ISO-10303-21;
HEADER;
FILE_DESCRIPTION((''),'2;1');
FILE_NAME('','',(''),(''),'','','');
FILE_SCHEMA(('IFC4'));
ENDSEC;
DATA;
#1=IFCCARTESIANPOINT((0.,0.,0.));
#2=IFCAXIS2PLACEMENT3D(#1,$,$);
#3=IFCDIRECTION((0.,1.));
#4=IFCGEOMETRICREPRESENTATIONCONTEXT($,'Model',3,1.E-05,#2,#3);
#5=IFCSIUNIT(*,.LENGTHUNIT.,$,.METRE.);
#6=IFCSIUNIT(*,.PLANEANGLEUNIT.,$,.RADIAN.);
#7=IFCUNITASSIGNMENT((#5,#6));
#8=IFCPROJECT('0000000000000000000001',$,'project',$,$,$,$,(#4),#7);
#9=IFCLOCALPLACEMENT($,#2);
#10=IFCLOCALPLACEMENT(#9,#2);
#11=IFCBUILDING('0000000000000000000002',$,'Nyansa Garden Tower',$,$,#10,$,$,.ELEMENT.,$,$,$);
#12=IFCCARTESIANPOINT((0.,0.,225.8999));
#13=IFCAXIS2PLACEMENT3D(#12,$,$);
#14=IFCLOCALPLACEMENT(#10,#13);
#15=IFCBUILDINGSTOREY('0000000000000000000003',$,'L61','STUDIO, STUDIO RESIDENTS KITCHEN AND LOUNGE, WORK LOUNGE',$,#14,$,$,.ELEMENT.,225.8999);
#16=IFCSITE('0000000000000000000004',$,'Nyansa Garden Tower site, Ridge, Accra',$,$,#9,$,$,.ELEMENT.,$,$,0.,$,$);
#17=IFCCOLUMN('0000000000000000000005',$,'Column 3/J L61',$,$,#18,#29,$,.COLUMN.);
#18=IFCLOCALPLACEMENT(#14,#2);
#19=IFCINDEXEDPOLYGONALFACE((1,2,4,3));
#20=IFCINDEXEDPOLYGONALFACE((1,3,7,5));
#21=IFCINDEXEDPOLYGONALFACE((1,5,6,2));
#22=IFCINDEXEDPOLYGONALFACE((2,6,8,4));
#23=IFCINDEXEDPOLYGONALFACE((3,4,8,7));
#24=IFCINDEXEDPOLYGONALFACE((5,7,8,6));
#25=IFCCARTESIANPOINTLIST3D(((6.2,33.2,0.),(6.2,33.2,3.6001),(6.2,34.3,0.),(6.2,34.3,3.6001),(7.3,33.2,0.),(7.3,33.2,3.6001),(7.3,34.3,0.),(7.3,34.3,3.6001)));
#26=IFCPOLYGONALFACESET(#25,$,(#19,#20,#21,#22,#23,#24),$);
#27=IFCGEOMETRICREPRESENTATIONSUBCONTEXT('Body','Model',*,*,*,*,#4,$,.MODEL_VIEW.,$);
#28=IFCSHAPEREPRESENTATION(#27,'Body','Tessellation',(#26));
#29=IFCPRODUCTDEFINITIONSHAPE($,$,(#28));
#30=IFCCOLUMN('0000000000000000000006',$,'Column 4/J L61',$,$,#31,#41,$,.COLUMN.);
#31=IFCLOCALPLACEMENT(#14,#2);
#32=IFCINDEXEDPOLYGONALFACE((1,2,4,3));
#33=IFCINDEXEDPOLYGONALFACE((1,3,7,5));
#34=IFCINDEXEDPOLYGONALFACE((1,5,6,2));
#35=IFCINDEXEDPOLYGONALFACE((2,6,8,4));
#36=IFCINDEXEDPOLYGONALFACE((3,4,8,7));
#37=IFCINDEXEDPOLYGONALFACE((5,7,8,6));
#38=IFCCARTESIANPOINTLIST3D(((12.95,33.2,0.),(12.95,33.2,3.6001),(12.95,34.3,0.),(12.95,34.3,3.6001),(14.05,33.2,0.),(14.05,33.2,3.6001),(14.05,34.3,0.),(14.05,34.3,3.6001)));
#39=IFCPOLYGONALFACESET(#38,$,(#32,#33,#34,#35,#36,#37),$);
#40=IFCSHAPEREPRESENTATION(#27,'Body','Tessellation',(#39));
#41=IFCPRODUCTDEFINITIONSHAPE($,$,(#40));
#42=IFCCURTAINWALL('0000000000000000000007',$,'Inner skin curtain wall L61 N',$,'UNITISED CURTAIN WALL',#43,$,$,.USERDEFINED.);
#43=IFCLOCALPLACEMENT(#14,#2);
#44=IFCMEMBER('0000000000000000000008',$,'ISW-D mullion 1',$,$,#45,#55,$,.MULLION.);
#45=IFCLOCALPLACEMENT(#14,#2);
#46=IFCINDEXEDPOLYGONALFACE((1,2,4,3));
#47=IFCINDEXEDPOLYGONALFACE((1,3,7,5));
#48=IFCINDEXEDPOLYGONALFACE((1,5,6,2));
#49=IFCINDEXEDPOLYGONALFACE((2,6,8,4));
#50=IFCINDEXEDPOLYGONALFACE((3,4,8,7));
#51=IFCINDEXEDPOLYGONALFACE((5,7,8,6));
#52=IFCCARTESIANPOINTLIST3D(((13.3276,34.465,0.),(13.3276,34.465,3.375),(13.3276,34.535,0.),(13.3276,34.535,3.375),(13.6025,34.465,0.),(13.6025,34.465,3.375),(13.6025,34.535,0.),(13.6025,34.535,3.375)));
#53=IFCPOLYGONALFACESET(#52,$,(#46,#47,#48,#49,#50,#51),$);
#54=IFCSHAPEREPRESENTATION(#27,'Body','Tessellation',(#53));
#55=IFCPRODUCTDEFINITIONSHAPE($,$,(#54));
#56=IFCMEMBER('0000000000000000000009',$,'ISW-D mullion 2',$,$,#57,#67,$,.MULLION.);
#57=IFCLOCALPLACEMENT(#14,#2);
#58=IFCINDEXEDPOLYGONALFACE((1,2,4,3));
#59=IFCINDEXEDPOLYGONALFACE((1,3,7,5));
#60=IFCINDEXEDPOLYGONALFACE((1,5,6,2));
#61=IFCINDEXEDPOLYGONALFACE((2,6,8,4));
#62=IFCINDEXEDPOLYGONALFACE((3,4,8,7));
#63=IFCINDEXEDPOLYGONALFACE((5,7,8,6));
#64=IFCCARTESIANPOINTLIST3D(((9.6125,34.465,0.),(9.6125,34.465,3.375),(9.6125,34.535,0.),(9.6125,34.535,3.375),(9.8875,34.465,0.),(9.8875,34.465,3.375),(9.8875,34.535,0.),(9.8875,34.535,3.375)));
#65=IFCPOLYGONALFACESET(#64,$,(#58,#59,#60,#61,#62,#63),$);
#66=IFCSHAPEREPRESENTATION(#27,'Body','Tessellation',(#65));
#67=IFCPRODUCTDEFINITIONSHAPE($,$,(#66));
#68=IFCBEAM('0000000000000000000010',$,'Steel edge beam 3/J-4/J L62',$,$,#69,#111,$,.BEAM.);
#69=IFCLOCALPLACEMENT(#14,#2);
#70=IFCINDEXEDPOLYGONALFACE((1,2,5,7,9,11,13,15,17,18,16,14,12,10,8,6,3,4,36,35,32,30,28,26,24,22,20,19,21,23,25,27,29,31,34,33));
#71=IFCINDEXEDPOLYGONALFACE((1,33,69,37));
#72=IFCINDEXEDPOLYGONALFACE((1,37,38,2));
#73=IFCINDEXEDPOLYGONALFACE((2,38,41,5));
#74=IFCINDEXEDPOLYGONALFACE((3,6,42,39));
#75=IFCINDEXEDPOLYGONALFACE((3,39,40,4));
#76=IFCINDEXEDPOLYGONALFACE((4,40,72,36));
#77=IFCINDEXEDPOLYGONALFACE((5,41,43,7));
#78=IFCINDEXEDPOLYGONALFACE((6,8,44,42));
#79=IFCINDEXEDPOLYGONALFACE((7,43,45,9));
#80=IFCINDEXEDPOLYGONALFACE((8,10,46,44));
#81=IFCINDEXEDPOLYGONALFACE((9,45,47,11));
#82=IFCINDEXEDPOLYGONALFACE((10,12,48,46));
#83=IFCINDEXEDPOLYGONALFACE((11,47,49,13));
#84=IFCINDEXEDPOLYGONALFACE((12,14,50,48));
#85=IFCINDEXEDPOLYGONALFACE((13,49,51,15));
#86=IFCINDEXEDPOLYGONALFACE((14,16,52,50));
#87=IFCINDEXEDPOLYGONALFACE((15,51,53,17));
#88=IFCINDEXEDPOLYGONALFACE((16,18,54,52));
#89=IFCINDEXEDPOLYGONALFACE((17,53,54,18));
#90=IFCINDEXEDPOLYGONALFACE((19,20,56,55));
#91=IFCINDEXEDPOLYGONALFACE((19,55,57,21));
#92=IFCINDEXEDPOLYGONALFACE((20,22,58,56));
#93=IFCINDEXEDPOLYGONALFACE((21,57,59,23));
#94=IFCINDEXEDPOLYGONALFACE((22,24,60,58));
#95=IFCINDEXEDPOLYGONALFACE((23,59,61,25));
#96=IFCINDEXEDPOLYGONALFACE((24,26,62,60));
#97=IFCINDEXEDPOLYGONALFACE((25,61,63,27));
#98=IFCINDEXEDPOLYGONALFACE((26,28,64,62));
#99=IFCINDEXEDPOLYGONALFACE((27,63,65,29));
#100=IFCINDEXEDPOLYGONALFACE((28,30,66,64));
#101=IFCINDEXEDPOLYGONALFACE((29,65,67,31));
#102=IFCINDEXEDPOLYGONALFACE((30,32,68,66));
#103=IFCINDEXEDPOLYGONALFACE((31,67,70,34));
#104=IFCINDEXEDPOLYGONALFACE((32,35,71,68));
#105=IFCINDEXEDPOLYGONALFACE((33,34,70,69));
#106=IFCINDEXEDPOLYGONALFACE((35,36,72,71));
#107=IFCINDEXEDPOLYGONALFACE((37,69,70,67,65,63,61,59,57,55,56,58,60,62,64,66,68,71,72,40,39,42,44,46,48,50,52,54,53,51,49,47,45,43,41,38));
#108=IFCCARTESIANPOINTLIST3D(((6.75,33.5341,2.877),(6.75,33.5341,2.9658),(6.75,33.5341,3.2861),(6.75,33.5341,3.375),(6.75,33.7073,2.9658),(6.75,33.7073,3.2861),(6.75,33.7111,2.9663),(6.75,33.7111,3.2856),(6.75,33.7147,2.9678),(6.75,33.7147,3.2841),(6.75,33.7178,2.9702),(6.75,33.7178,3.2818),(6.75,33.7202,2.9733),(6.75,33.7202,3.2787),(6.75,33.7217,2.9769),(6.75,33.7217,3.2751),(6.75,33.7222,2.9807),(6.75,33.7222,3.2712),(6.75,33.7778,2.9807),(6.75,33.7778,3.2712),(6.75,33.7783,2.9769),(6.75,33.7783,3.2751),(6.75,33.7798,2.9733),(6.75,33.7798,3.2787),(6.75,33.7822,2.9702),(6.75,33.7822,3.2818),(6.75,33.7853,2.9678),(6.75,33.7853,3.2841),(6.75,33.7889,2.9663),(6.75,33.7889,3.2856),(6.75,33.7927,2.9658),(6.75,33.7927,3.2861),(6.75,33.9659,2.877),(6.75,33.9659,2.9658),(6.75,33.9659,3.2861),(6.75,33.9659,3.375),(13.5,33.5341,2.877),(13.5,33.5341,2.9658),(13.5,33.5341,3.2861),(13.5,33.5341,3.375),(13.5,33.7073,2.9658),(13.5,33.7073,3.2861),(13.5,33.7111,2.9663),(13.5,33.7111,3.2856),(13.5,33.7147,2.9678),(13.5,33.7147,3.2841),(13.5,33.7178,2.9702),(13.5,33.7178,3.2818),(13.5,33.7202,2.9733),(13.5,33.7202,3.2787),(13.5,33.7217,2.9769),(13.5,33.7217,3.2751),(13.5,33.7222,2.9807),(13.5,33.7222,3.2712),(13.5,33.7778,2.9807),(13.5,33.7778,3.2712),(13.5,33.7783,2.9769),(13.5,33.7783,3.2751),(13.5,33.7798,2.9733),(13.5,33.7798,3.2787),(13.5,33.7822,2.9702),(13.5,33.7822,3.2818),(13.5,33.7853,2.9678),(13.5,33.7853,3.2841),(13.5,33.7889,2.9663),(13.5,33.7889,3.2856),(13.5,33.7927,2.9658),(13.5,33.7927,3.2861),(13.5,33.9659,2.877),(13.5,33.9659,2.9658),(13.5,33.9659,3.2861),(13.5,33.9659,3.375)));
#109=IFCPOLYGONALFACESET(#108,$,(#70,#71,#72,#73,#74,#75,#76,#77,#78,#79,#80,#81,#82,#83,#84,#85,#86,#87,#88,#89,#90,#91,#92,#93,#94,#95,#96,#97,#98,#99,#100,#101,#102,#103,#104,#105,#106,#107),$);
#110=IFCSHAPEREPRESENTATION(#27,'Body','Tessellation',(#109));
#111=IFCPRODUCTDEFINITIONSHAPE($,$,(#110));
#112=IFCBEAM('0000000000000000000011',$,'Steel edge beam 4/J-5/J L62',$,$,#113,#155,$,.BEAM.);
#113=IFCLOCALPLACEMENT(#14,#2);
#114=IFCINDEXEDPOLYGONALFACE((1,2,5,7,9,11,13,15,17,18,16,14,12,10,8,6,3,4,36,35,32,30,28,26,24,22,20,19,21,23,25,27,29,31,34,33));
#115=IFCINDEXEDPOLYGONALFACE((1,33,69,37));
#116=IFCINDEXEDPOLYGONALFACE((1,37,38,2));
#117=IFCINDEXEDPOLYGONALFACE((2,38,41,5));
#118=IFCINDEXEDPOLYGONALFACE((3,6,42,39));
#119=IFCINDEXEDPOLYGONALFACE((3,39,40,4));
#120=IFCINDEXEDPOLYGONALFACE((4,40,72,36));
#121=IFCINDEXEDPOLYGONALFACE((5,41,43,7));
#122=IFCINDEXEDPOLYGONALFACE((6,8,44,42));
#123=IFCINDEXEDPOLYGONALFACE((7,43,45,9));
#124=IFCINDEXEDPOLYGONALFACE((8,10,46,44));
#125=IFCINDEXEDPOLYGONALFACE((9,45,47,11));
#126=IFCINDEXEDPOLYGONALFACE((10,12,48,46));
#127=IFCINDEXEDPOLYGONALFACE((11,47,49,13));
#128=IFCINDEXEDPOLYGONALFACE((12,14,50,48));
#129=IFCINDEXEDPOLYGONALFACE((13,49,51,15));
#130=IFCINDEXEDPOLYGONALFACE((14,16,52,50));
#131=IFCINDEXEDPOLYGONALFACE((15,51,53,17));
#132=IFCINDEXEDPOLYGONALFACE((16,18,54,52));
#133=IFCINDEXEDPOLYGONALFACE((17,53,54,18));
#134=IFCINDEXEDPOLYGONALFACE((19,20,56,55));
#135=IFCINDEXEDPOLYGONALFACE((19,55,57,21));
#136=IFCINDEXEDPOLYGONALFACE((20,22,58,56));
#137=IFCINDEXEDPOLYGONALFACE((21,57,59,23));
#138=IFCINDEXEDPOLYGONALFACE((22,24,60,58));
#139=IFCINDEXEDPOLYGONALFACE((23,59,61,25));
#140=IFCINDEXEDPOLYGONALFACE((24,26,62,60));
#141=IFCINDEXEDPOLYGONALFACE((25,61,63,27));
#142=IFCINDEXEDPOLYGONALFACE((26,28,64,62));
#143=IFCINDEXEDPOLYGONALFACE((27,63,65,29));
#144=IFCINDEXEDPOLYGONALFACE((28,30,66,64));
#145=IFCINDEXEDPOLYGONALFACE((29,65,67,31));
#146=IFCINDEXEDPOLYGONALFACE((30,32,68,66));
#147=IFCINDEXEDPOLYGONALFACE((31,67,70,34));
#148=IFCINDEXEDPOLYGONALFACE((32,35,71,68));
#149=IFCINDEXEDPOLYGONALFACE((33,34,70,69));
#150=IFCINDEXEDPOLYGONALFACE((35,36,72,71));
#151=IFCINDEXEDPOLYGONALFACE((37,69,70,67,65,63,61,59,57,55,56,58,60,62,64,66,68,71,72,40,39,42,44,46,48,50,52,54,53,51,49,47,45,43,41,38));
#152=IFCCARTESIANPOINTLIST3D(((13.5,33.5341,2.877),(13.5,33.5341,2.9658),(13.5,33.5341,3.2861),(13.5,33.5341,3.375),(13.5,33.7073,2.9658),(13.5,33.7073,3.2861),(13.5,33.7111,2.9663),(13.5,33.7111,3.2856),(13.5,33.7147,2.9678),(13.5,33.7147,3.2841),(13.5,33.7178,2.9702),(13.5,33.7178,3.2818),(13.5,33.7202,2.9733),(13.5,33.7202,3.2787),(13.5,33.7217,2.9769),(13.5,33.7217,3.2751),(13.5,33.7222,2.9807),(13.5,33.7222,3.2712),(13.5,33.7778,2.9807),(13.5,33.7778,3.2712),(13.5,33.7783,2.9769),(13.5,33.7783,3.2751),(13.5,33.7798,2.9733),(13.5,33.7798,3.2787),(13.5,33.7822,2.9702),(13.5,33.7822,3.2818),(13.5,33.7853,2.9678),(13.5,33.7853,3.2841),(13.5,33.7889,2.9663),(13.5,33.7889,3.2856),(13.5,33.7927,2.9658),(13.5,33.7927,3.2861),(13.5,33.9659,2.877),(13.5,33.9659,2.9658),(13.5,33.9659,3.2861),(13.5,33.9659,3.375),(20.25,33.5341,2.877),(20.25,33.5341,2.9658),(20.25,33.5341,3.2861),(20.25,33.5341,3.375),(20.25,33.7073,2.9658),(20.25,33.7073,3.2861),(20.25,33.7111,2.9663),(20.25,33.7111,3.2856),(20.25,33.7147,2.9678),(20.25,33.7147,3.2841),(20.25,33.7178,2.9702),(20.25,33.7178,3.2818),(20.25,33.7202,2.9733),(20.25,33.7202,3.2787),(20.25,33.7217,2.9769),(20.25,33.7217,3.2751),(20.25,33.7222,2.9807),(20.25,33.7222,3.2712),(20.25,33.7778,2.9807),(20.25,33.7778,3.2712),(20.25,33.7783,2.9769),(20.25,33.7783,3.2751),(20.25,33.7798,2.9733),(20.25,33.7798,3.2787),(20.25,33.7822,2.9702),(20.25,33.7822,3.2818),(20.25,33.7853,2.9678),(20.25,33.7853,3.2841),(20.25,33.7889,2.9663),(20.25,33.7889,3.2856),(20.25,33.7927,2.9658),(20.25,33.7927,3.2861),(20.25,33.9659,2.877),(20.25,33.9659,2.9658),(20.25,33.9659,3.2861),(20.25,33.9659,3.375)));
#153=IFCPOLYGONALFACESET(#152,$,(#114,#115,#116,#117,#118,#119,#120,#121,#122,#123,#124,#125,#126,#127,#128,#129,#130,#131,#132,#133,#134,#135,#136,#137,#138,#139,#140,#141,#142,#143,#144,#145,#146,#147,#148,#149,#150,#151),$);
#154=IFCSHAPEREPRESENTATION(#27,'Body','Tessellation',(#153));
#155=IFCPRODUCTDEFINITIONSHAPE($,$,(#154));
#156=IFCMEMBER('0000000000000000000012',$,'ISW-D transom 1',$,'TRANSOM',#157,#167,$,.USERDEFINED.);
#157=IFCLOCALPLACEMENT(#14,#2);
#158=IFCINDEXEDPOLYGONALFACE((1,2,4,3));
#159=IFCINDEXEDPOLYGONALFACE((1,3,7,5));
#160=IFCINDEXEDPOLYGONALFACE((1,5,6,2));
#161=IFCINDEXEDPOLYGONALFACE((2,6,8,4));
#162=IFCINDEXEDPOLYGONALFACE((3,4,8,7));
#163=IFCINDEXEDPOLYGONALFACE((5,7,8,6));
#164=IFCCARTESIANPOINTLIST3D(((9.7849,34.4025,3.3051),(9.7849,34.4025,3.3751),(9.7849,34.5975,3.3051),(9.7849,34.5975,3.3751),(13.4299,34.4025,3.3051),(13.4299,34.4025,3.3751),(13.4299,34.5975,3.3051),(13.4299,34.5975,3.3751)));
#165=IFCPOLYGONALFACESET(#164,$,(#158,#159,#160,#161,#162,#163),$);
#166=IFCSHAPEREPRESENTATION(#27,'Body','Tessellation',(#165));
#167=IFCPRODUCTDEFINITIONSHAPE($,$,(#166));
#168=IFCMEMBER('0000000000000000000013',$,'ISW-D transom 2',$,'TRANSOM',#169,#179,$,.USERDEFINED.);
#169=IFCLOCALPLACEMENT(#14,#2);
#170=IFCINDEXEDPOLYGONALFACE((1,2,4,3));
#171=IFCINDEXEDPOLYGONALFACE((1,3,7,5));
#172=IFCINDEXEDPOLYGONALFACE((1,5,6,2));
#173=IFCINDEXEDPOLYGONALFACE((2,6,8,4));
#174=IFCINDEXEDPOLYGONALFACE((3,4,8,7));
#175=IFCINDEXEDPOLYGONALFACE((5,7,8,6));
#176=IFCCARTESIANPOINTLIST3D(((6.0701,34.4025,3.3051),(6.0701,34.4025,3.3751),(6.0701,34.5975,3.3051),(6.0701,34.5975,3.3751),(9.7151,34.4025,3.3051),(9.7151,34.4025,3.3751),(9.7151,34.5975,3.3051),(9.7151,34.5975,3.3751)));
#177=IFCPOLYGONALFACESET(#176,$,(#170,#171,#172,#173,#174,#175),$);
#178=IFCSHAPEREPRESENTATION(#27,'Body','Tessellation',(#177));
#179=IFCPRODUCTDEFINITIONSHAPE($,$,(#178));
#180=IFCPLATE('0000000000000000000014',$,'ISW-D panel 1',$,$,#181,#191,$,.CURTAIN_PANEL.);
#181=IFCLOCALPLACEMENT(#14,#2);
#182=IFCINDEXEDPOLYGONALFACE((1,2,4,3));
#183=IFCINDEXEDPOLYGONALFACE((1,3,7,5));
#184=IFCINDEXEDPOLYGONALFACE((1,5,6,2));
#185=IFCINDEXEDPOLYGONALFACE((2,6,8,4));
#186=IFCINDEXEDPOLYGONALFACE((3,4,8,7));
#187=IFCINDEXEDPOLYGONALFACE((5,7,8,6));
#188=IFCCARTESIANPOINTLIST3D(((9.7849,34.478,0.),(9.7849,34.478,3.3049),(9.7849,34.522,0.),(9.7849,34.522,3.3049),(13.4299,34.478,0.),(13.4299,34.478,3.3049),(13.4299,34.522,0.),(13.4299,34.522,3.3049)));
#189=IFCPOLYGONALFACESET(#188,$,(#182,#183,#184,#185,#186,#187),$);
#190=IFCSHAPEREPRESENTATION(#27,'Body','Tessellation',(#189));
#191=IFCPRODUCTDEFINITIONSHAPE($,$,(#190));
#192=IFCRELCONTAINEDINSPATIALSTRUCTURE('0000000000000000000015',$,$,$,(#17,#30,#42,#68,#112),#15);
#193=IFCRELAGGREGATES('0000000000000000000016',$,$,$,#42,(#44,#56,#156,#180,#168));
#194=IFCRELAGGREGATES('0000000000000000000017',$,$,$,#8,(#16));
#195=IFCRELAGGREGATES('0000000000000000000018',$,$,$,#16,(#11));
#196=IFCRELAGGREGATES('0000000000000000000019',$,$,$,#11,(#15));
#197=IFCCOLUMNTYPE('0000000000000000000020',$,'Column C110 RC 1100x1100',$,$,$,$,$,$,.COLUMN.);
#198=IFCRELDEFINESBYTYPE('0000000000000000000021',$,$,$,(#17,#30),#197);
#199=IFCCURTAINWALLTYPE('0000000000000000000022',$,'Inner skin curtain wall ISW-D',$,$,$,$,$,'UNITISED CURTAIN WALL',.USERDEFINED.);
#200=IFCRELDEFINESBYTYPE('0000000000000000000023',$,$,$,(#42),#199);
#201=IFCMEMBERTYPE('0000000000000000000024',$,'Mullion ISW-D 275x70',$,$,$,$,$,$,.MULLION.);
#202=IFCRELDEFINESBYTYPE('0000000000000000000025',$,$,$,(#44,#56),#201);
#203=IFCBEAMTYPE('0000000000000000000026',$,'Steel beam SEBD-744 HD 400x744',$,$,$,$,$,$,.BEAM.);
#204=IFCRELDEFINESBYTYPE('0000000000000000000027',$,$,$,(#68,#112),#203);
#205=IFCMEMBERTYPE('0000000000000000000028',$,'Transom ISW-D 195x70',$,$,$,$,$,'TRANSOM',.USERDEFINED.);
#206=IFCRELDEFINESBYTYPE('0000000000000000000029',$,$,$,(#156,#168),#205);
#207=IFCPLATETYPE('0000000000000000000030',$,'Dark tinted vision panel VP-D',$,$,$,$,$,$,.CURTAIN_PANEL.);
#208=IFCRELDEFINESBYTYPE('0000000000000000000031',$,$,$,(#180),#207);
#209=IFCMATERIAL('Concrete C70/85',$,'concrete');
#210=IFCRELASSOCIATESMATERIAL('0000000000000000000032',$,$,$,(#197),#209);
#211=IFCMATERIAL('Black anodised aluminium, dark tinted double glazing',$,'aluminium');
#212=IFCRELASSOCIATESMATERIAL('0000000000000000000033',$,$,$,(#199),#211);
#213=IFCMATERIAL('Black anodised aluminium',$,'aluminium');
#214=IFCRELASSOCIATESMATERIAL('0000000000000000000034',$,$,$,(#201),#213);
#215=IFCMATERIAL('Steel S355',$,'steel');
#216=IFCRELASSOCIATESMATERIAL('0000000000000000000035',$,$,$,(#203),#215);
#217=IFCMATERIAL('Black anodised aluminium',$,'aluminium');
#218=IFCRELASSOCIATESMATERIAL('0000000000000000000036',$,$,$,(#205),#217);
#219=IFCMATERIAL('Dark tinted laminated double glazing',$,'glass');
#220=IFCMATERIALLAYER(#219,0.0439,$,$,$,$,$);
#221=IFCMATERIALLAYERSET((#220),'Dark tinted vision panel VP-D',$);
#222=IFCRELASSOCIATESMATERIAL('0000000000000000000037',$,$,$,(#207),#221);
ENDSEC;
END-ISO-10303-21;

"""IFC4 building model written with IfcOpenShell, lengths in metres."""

from ifc_helpers import new_model, si_unit, direction, frame, origin, origin_2d, place, context, subcontext, project, spatial, rectangle, i_section, extrude, material, layer, layer_set, material_profile, profile_set, type_object, element, aggregate, save


model = new_model("IFC4")

# Units and contexts
model_context = context("Model", 3, precision=1e-05, world=origin(), true_north=direction((0.0, 1.0)))
body_context = subcontext(model_context, "Body", "Model", "MODEL_VIEW")
ifc_project = project(units=[si_unit("LENGTHUNIT", "METRE"), si_unit("PLANEANGLEUNIT", "RADIAN")], contexts=[model_context])

# Site, building, storey
site_placement = place(None, origin())
site = spatial("IfcSite", under=ifc_project, at=site_placement, Name="Nyansa Garden Tower site, Ridge, Accra", CompositionType="ELEMENT", RefElevation=0.0)
building_placement = place(site_placement, origin())
building = spatial("IfcBuilding", under=site, at=building_placement, Name="Nyansa Garden Tower", CompositionType="ELEMENT")
storey_placement = place(building_placement, frame((0.0, 0.0, 225.8999)))
storey = spatial("IfcBuildingStorey", under=building, at=storey_placement, Name="L61", Description="STUDIO, STUDIO RESIDENTS KITCHEN AND LOUNGE, WORK LOUNGE", CompositionType="ELEMENT", Elevation=225.8999)

# Columns
ifc_material_1 = material(Name="Concrete C70/85", Category="concrete")
ifc_material_profile_1 = material_profile(ifc_material_1, rectangle(XDim=1.1001, YDim=1.1001, at=origin_2d()), Name="RC 1100x1100")
ifc_profile_set_1 = profile_set([ifc_material_profile_1], Name="Concrete C70/85")
column_type = type_object("IfcColumnType", Name="Column C110 RC 1100x1100", PredefinedType="COLUMN", material=ifc_profile_set_1)
for number, where, z_axis, x_axis, name in (
    (1, (6.75, 33.75, 0.0), (0.0, 0.0, 1.0), (1.0, 0.0, 0.0), "Column 3/J L61"),
    (2, (13.5, 33.75, 0.0), (0.0, 0.0, 1.0), (1.0, 0.0, 0.0), "Column 4/J L61"),
):
    element("IfcColumn", number, at=place(storey_placement, frame(where, z_axis=z_axis, x_axis=x_axis)), inside=storey, type_object=column_type, Name=name, PredefinedType="COLUMN", context=body_context, shape_type="SweptSolid", body=[
        extrude(rectangle(XDim=1.1001, YDim=1.1001, at=origin_2d()), origin(), (0.0, 0.0, 1.0), 3.6001),
    ])

# Curtain wall, members
ifc_material_2 = material(Name="Black anodised aluminium, dark tinted double glazing", Category="aluminium")
curtain_wall_type = type_object("IfcCurtainWallType", Name="Inner skin curtain wall ISW-D", ElementType="UNITISED CURTAIN WALL", PredefinedType="USERDEFINED", material=ifc_material_2)
curtain_wall_placement = place(storey_placement, origin())
curtain_wall = element("IfcCurtainWall", 3, at=curtain_wall_placement, inside=storey, type_object=curtain_wall_type, Name="Inner skin curtain wall L61 N", ObjectType="UNITISED CURTAIN WALL", PredefinedType="USERDEFINED")
ifc_material_3 = material(Name="Black anodised aluminium", Category="aluminium")
ifc_material_profile_2 = material_profile(ifc_material_3, rectangle(XDim=0.0701, YDim=0.2749, at=origin_2d()), Name="Mullion 275x70")
ifc_profile_set_2 = profile_set([ifc_material_profile_2], Name="Black anodised aluminium")
member_type_1 = type_object("IfcMemberType", Name="Mullion ISW-D 275x70", PredefinedType="MULLION", material=ifc_profile_set_2)
member_1_placement = place(storey_placement, frame((13.4651, 34.5, 0.0), z_axis=(0.0, 0.0, 1.0), x_axis=(0.0, -1.0, 0.0)))
member_1 = element("IfcMember", 4, at=member_1_placement, type_object=member_type_1, Name="ISW-D mullion 1", PredefinedType="MULLION", context=body_context, shape_type="SweptSolid", body=[
    extrude(rectangle(XDim=0.0701, YDim=0.2749, at=origin_2d()), origin(), (0.0, 0.0, 1.0), 3.375),
])
member_2_placement = place(storey_placement, frame((9.75, 34.5, 0.0), z_axis=(0.0, 0.0, 1.0), x_axis=(0.0, -1.0, 0.0)))
member_2 = element("IfcMember", 5, at=member_2_placement, type_object=member_type_1, Name="ISW-D mullion 2", PredefinedType="MULLION", context=body_context, shape_type="SweptSolid", body=[
    extrude(rectangle(XDim=0.0701, YDim=0.2749, at=origin_2d()), origin(), (0.0, 0.0, 1.0), 3.375),
])

# Beams
ifc_material_4 = material(Name="Steel S355", Category="steel")
ifc_material_profile_3 = material_profile(ifc_material_4, i_section(OverallWidth=0.4319, OverallDepth=0.498, WebThickness=0.0557, FlangeThickness=0.0889, FilletRadius=0.0149, at=origin_2d()), Name="HD 400x744")
ifc_profile_set_3 = profile_set([ifc_material_profile_3], Name="Steel S355")
beam_type = type_object("IfcBeamType", Name="Steel beam SEBD-744 HD 400x744", PredefinedType="BEAM", material=ifc_profile_set_3)
for number, where, z_axis, x_axis, name in (
    (6, (6.75, 33.75, 3.126), (1.0, 0.0, 0.0), (0.0, 1.0, 0.0), "Steel edge beam 3/J-4/J L62"),
    (7, (13.5, 33.75, 3.126), (1.0, 0.0, 0.0), (0.0, 1.0, 0.0), "Steel edge beam 4/J-5/J L62"),
):
    element("IfcBeam", number, at=place(storey_placement, frame(where, z_axis=z_axis, x_axis=x_axis)), inside=storey, type_object=beam_type, Name=name, PredefinedType="BEAM", context=body_context, shape_type="SweptSolid", body=[
        extrude(i_section(OverallWidth=0.4319, OverallDepth=0.498, WebThickness=0.0557, FlangeThickness=0.0889, FilletRadius=0.0149, at=origin_2d()), origin(), (0.0, 0.0, 1.0), 6.75),
    ])

# Members
ifc_material_5 = material(Name="Black anodised aluminium", Category="aluminium")
ifc_material_profile_4 = material_profile(ifc_material_5, rectangle(XDim=0.1951, YDim=0.0701, at=origin_2d()), Name="Transom 195x70")
ifc_profile_set_4 = profile_set([ifc_material_profile_4], Name="Black anodised aluminium")
member_type_2 = type_object("IfcMemberType", Name="Transom ISW-D 195x70", ElementType="TRANSOM", PredefinedType="USERDEFINED", material=ifc_profile_set_4)
member_3_placement = place(storey_placement, frame((13.4299, 34.5, 3.3401), z_axis=(-1.0, 0.0, 0.0), x_axis=(0.0, -1.0, 0.0)))
member_3 = element("IfcMember", 8, at=member_3_placement, type_object=member_type_2, Name="ISW-D transom 1", ObjectType="TRANSOM", PredefinedType="USERDEFINED", context=body_context, shape_type="SweptSolid", body=[
    extrude(rectangle(XDim=0.1951, YDim=0.0701, at=origin_2d()), origin(), (0.0, 0.0, 1.0), 3.645),
])
member_4_placement = place(storey_placement, frame((9.7151, 34.5, 3.3401), z_axis=(-1.0, 0.0, 0.0), x_axis=(0.0, -1.0, 0.0)))
member_4 = element("IfcMember", 9, at=member_4_placement, type_object=member_type_2, Name="ISW-D transom 2", ObjectType="TRANSOM", PredefinedType="USERDEFINED", context=body_context, shape_type="SweptSolid", body=[
    extrude(rectangle(XDim=0.1951, YDim=0.0701, at=origin_2d()), origin(), (0.0, 0.0, 1.0), 3.645),
])

# Plate
ifc_material_6 = material(Name="Dark tinted laminated double glazing", Category="glass")
ifc_layer_1 = layer(ifc_material_6, 0.0439)
ifc_layer_set_1 = layer_set([ifc_layer_1], Name="Dark tinted vision panel VP-D")
plate_type = type_object("IfcPlateType", Name="Dark tinted vision panel VP-D", PredefinedType="CURTAIN_PANEL", material=ifc_layer_set_1)
plate_1_placement = place(storey_placement, frame((11.6074, 34.5, 0.0), z_axis=(0.0, 0.0, 1.0), x_axis=(-1.0, 0.0, 0.0)))
plate_1 = element("IfcPlate", 10, at=plate_1_placement, type_object=plate_type, Name="ISW-D panel 1", PredefinedType="CURTAIN_PANEL", context=body_context, shape_type="SweptSolid", body=[
    extrude(rectangle(XDim=3.645, YDim=0.0439, at=origin_2d()), origin(), (0.0, 0.0, 1.0), 3.3049),
])
aggregate(curtain_wall, [member_1, member_2, member_3, plate_1, member_4])

save(model, "model.ifc")
